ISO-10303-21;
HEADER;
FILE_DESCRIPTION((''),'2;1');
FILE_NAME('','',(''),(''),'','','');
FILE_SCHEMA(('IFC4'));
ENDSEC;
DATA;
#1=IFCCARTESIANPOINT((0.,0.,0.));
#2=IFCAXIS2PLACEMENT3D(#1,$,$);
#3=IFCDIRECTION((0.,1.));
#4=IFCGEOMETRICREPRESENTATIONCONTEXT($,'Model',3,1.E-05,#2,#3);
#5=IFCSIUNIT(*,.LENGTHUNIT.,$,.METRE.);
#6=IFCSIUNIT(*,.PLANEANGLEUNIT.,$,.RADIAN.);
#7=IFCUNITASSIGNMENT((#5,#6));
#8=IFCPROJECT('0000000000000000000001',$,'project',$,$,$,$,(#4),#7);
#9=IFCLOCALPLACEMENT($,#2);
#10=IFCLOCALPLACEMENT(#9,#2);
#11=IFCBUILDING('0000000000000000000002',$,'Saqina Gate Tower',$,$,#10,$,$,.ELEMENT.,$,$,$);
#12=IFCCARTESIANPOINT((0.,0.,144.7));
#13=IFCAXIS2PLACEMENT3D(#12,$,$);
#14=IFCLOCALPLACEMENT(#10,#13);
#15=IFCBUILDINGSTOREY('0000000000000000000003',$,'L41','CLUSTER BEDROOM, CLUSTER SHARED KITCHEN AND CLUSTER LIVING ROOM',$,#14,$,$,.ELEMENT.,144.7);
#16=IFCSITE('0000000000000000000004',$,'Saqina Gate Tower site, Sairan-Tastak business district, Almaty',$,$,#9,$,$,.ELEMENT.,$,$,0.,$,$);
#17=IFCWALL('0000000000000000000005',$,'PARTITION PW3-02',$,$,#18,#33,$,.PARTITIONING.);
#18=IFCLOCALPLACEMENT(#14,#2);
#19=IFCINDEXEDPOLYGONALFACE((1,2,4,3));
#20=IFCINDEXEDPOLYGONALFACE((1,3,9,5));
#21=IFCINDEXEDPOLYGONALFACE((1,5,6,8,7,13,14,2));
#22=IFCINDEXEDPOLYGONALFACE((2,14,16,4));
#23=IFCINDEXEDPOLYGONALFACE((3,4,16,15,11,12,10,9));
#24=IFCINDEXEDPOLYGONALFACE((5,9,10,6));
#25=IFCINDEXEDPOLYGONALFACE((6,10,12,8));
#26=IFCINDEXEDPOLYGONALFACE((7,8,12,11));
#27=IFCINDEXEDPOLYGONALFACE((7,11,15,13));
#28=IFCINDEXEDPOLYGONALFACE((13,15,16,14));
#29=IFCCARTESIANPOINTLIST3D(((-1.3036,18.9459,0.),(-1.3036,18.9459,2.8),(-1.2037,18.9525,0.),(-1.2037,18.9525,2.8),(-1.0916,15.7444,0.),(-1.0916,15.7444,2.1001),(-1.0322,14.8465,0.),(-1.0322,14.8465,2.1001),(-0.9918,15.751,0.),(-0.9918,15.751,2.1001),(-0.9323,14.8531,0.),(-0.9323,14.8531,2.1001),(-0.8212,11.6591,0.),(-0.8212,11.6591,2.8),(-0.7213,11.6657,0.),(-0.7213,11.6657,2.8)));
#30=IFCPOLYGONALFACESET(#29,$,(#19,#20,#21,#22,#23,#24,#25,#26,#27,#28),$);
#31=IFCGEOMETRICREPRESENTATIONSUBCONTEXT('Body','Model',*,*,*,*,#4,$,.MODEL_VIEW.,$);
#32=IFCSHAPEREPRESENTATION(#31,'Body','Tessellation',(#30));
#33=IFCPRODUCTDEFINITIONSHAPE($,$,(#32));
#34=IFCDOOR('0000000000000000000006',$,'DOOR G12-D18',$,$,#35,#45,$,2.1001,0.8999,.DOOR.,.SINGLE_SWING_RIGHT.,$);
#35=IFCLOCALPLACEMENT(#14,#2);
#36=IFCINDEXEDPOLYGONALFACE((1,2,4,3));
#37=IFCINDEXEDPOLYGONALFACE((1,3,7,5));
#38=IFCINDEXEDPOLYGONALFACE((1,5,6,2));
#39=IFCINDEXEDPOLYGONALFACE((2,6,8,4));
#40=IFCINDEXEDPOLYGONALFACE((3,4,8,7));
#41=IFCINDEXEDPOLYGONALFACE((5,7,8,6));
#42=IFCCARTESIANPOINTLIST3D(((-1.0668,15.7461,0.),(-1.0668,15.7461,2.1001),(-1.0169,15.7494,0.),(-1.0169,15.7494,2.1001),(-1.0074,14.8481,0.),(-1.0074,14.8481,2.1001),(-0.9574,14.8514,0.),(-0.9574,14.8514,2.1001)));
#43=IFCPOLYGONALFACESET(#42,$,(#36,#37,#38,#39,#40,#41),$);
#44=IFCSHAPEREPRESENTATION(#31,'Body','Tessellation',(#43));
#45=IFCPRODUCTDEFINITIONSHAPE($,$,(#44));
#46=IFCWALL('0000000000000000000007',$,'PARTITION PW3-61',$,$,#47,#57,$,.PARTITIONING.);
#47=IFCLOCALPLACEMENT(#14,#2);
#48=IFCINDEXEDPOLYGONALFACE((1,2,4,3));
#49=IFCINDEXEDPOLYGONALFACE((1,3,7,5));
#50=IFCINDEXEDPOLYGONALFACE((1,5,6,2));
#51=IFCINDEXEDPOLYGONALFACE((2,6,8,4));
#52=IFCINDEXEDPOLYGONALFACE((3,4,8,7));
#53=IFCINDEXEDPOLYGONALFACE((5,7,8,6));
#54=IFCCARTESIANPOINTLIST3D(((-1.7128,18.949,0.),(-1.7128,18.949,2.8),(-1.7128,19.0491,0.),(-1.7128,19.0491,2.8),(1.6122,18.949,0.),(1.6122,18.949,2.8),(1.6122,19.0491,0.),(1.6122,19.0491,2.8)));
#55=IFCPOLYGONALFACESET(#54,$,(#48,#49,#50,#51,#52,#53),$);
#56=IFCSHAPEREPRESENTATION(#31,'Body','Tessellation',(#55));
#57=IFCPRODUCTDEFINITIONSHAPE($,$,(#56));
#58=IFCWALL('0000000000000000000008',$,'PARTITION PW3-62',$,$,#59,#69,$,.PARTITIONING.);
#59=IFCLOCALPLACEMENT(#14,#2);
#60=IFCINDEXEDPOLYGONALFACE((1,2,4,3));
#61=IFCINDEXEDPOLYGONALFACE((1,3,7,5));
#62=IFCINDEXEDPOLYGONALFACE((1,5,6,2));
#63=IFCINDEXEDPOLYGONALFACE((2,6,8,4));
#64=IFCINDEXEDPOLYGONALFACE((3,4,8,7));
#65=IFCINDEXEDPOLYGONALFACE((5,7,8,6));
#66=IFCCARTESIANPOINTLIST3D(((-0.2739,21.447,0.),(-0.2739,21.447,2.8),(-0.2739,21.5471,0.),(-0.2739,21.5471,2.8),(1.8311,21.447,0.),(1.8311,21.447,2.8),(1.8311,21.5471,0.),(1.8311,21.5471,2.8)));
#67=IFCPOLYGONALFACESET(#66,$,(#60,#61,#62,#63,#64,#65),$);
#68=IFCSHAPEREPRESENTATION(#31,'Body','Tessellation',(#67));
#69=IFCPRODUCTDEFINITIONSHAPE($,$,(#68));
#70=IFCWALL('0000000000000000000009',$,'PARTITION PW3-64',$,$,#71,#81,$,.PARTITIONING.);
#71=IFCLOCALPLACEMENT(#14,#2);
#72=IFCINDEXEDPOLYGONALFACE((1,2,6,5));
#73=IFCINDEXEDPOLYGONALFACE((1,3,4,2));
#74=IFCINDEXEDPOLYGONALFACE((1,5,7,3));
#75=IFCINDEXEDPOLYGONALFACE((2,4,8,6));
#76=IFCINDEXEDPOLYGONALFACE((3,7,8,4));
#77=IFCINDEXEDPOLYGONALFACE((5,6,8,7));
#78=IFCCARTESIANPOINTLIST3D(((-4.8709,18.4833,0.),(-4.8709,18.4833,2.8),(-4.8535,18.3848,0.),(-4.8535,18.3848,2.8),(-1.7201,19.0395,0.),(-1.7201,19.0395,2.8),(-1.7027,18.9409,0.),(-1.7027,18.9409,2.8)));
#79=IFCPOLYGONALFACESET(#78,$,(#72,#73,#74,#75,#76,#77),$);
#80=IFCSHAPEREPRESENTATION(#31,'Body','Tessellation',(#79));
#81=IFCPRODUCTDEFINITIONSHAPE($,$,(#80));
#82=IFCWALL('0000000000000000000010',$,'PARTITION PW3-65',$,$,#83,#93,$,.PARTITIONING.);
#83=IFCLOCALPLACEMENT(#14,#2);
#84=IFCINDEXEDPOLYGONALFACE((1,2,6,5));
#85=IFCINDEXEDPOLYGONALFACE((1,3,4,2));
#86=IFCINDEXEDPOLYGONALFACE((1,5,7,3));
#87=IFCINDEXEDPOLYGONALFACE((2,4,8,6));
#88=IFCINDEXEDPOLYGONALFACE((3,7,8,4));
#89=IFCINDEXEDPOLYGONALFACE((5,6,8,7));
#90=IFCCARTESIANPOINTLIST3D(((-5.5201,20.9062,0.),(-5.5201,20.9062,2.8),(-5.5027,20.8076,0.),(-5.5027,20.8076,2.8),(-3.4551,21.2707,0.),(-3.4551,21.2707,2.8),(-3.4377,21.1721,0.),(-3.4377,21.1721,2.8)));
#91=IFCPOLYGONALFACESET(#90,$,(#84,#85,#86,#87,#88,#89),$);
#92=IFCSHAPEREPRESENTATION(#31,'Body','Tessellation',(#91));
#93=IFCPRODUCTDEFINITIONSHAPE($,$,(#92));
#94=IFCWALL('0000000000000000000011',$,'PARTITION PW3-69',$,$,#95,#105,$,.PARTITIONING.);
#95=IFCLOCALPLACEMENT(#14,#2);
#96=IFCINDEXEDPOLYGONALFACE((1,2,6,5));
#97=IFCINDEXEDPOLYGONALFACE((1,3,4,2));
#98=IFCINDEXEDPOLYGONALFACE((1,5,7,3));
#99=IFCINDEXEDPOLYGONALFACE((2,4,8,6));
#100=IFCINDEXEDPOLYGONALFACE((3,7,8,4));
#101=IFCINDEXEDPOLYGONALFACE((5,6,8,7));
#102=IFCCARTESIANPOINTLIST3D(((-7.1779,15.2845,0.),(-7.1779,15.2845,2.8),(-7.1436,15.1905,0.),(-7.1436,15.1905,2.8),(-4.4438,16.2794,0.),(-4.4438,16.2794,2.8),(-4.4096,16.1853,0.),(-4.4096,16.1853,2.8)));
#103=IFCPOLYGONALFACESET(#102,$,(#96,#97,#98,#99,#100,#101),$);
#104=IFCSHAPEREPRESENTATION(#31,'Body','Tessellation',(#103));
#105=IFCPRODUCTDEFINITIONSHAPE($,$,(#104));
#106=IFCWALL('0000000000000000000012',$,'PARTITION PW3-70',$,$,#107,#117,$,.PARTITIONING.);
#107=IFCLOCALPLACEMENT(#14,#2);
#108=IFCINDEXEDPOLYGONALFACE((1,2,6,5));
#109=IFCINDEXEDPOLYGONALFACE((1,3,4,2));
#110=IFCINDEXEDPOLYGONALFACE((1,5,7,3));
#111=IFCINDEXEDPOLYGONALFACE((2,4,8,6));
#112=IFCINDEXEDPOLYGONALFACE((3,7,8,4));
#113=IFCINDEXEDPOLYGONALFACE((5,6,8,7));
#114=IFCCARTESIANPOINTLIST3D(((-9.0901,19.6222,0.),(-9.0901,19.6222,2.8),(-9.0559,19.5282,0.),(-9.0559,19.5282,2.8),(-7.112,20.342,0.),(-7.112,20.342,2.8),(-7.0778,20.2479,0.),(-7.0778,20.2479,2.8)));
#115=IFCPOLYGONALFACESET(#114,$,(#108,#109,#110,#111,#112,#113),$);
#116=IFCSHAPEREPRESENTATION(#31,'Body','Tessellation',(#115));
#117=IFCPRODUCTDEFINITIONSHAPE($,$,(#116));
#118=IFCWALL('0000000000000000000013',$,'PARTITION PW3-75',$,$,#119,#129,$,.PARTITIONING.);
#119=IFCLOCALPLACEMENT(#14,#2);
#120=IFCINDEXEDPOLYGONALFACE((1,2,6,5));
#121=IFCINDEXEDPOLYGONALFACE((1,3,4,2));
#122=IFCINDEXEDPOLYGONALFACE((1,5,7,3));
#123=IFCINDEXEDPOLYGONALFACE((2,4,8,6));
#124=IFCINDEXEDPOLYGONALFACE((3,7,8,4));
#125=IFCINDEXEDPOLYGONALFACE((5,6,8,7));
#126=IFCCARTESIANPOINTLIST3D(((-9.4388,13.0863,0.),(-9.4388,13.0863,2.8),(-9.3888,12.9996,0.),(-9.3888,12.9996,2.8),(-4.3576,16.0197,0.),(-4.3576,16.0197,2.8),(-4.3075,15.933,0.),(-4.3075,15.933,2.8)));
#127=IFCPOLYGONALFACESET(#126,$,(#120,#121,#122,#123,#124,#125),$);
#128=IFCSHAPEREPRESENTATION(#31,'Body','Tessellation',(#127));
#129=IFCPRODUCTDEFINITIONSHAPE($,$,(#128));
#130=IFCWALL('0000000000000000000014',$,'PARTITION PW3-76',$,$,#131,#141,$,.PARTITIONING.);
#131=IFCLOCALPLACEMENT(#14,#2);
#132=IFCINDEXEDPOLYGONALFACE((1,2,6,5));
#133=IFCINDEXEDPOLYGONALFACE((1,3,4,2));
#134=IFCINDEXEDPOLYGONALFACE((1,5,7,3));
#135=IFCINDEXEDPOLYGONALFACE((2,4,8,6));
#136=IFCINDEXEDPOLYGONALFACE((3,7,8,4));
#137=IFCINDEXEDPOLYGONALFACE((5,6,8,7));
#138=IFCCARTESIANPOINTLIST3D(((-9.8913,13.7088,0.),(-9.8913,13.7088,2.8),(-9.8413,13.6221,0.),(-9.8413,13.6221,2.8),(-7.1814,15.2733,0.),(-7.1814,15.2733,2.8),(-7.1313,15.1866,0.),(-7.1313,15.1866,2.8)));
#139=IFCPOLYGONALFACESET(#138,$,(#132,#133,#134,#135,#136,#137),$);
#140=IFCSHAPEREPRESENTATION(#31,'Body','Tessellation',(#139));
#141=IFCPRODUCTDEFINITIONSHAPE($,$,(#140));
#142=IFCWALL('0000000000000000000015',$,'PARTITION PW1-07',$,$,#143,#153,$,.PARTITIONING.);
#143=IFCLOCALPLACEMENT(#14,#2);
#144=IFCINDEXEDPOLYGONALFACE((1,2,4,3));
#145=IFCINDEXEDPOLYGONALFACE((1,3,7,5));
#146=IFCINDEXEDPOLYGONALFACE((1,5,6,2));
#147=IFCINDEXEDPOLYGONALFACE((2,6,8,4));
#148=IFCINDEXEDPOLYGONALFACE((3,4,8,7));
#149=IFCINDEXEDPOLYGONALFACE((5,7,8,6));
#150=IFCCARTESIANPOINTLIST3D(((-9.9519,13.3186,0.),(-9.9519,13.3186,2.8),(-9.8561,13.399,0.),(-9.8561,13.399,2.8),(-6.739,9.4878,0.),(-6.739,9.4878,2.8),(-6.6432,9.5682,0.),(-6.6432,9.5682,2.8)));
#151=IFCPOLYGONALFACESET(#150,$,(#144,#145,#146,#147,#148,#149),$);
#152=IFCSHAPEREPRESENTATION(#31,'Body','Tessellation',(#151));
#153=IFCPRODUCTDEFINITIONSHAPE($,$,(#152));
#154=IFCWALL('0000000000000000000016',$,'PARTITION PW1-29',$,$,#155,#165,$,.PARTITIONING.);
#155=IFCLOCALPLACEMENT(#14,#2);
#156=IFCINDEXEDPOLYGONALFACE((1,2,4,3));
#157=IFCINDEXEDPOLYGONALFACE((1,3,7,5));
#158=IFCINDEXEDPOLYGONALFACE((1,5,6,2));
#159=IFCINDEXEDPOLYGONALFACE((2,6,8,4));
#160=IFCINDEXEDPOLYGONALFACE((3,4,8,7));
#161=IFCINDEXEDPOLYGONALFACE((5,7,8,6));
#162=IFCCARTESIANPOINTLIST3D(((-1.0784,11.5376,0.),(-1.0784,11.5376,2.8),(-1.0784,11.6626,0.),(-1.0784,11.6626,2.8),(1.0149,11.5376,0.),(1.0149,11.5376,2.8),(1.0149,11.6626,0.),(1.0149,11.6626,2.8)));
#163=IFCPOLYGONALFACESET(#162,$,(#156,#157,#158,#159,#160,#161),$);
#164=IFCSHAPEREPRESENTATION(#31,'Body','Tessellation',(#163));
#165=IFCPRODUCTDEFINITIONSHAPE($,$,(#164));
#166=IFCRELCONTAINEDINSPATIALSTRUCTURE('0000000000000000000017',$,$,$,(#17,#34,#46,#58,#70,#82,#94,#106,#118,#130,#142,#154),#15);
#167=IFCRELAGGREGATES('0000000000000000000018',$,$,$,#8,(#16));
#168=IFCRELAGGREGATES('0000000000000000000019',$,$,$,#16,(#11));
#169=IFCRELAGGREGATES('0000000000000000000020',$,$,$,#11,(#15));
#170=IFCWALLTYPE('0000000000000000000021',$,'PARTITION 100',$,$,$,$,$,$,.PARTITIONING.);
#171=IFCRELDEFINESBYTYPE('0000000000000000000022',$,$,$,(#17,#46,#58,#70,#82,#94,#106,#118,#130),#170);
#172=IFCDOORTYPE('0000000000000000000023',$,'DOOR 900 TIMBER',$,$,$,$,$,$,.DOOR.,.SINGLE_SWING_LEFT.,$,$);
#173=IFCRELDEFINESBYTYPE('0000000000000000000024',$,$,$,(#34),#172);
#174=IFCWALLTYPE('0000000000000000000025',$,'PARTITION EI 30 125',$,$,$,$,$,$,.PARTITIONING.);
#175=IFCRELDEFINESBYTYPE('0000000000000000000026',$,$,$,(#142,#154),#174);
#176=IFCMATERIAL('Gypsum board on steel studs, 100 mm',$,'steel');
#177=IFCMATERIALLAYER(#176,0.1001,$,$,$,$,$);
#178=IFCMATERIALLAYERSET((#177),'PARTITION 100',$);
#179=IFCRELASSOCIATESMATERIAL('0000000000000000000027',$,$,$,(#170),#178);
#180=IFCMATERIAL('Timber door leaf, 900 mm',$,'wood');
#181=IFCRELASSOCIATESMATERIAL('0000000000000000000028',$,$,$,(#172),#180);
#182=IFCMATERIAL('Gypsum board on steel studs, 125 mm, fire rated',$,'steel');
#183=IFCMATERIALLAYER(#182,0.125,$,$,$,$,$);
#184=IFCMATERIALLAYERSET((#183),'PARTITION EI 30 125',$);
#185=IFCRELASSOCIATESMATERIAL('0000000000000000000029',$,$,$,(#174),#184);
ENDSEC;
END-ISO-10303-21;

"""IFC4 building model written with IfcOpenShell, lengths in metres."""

from ifc_helpers import new_model, si_unit, direction, frame, frame_2d, origin, place, context, subcontext, project, spatial, rectangle, extrude, material, layer, layer_set, type_object, element, fill, save


model = new_model("IFC4")

# Units and contexts
model_context = context("Model", 3, precision=1e-05, world=origin(), true_north=direction((0.0, 1.0)))
body_context = subcontext(model_context, "Body", "Model", "MODEL_VIEW")
ifc_project = project(units=[si_unit("LENGTHUNIT", "METRE"), si_unit("PLANEANGLEUNIT", "RADIAN")], contexts=[model_context])

# Site, building, storey
site_placement = place(None, origin())
site = spatial("IfcSite", under=ifc_project, at=site_placement, Name="Saqina Gate Tower site, Sairan-Tastak business district, Almaty", CompositionType="ELEMENT", RefElevation=0.0)
building_placement = place(site_placement, origin())
building = spatial("IfcBuilding", under=site, at=building_placement, Name="Saqina Gate Tower", CompositionType="ELEMENT")
storey_placement = place(building_placement, frame((0.0, 0.0, 144.7)))
storey = spatial("IfcBuildingStorey", under=building, at=storey_placement, Name="L41", Description="CLUSTER BEDROOM, CLUSTER SHARED KITCHEN AND CLUSTER LIVING ROOM", CompositionType="ELEMENT", Elevation=144.7)

# Wall, opening, door
ifc_material_1 = material(Name="Gypsum board on steel studs, 100 mm", Category="steel")
ifc_layer_1 = layer(ifc_material_1, 0.1001)
ifc_layer_set_1 = layer_set([ifc_layer_1], Name="PARTITION 100")
wall_type_1 = type_object("IfcWallType", Name="PARTITION 100", PredefinedType="PARTITIONING", material=ifc_layer_set_1)
wall_1_placement = place(storey_placement, frame((-1.2537, 18.9492, 0.0), z_axis=(0.0, 0.0, 1.0), x_axis=(0.06606, -0.997816, 0.0)))
wall_1 = element("IfcWall", 1, at=wall_1_placement, inside=storey, type_object=wall_type_1, Name="PARTITION PW3-02", PredefinedType="PARTITIONING", context=body_context, shape_type="SweptSolid", body=[
    extrude(rectangle(XDim=7.3027, YDim=0.1001, at=frame_2d((3.6514, 0.0))), origin(), (0.0, 0.0, 1.0), 2.8),
])
opening_1_placement = place(wall_1_placement, frame((3.2085, 0.0, 0.0)))
opening_1 = element("IfcOpeningElement", 2, at=opening_1_placement, cuts=wall_1, PredefinedType="OPENING", context=body_context, shape_type="SweptSolid", body=[
    extrude(rectangle(XDim=0.8999, YDim=2.1001, at=frame_2d((0.45, 1.05))), frame((0.0, 0.062, 0.0), z_axis=(0.0, -1.0, 0.0), x_axis=(1.0, 0.0, 0.0)), (0.0, 0.0, 1.0), 0.124),
])
ifc_material_2 = material(Name="Timber door leaf, 900 mm", Category="wood")
door_type_1 = type_object("IfcDoorType", Name="DOOR 900 TIMBER", OperationType="SINGLE_SWING_LEFT", PredefinedType="DOOR", material=ifc_material_2)
door_1_placement = place(opening_1_placement, origin())
door_1 = element("IfcDoor", 3, at=door_1_placement, inside=storey, type_object=door_type_1, Name="DOOR G12-D18", OperationType="SINGLE_SWING_RIGHT", OverallHeight=2.1001, OverallWidth=0.8999, PredefinedType="DOOR", context=body_context, shape_type="SweptSolid", body=[
    extrude(rectangle(XDim=0.8999, YDim=2.1001, at=frame_2d((0.45, 1.05))), frame((0.0, 0.0249, 0.0), z_axis=(0.0, -1.0, 0.0), x_axis=(1.0, 0.0, 0.0)), (0.0, 0.0, 1.0), 0.05),
])
fill(opening_1, door_1)

# Walls
wall_2_placement = place(storey_placement, frame((-1.7129, 18.999, 0.0), z_axis=(0.0, 0.0, 1.0), x_axis=(1.0, 0.0, 0.0)))
element("IfcWall", 4, at=wall_2_placement, inside=storey, type_object=wall_type_1, Name="PARTITION PW3-61", PredefinedType="PARTITIONING", context=body_context, shape_type="SweptSolid", body=[
    extrude(rectangle(XDim=3.325, YDim=0.1001, at=frame_2d((1.6626, 0.0))), origin(), (0.0, 0.0, 1.0), 2.8),
])
wall_3_placement = place(storey_placement, frame((-0.2739, 21.4971, 0.0), z_axis=(0.0, 0.0, 1.0), x_axis=(1.0, 0.0, 0.0)))
element("IfcWall", 5, at=wall_3_placement, inside=storey, type_object=wall_type_1, Name="PARTITION PW3-62", PredefinedType="PARTITIONING", context=body_context, shape_type="SweptSolid", body=[
    extrude(rectangle(XDim=2.105, YDim=0.1001, at=frame_2d((1.0525, 0.0))), origin(), (0.0, 0.0, 1.0), 2.8),
])
wall_4_placement = place(storey_placement, frame((-4.8621, 18.4341, 0.0), z_axis=(0.0, 0.0, 1.0), x_axis=(0.984777, 0.17382, 0.0)))
element("IfcWall", 6, at=wall_4_placement, inside=storey, type_object=wall_type_1, Name="PARTITION PW3-64", PredefinedType="PARTITIONING", context=body_context, shape_type="SweptSolid", body=[
    extrude(rectangle(XDim=3.1995, YDim=0.1001, at=frame_2d((1.5996, 0.0))), origin(), (0.0, 0.0, 1.0), 2.8),
])
wall_5_placement = place(storey_placement, frame((-5.5112, 20.8569, 0.0), z_axis=(0.0, 0.0, 1.0), x_axis=(0.984775, 0.173832, 0.0)))
element("IfcWall", 7, at=wall_5_placement, inside=storey, type_object=wall_type_1, Name="PARTITION PW3-65", PredefinedType="PARTITIONING", context=body_context, shape_type="SweptSolid", body=[
    extrude(rectangle(XDim=2.0969, YDim=0.1001, at=frame_2d((1.0483, 0.0))), origin(), (0.0, 0.0, 1.0), 2.8),
])
wall_6_placement = place(storey_placement, frame((-7.1606, 15.2375, 0.0), z_axis=(0.0, 0.0, 1.0), x_axis=(0.939722, 0.341938, 0.0)))
element("IfcWall", 8, at=wall_6_placement, inside=storey, type_object=wall_type_1, Name="PARTITION PW3-69", PredefinedType="PARTITIONING", context=body_context, shape_type="SweptSolid", body=[
    extrude(rectangle(XDim=2.9094, YDim=0.1001, at=frame_2d((1.4546, 0.0))), origin(), (0.0, 0.0, 1.0), 2.8),
])
wall_7_placement = place(storey_placement, frame((-9.073, 19.5752, 0.0), z_axis=(0.0, 0.0, 1.0), x_axis=(0.939726, 0.341929, 0.0)))
element("IfcWall", 9, at=wall_7_placement, inside=storey, type_object=wall_type_1, Name="PARTITION PW3-70", PredefinedType="PARTITIONING", context=body_context, shape_type="SweptSolid", body=[
    extrude(rectangle(XDim=2.105, YDim=0.1001, at=frame_2d((1.0525, 0.0))), origin(), (0.0, 0.0, 1.0), 2.8),
])
wall_8_placement = place(storey_placement, frame((-9.4138, 13.043, 0.0), z_axis=(0.0, 0.0, 1.0), x_axis=(0.86605, 0.499957, 0.0)))
element("IfcWall", 10, at=wall_8_placement, inside=storey, type_object=wall_type_1, Name="PARTITION PW3-75", PredefinedType="PARTITIONING", context=body_context, shape_type="SweptSolid", body=[
    extrude(rectangle(XDim=5.8672, YDim=0.1001, at=frame_2d((2.9336, 0.0))), origin(), (0.0, 0.0, 1.0), 2.8),
])
wall_9_placement = place(storey_placement, frame((-9.8662, 13.6655, 0.0), z_axis=(0.0, 0.0, 1.0), x_axis=(0.866045, 0.499966, 0.0)))
element("IfcWall", 11, at=wall_9_placement, inside=storey, type_object=wall_type_1, Name="PARTITION PW3-76", PredefinedType="PARTITIONING", context=body_context, shape_type="SweptSolid", body=[
    extrude(rectangle(XDim=3.1292, YDim=0.1001, at=frame_2d((1.5645, 0.0))), origin(), (0.0, 0.0, 1.0), 2.8),
])
ifc_material_3 = material(Name="Gypsum board on steel studs, 125 mm, fire rated", Category="steel")
ifc_layer_2 = layer(ifc_material_3, 0.125)
ifc_layer_set_2 = layer_set([ifc_layer_2], Name="PARTITION EI 30 125")
wall_type_2 = type_object("IfcWallType", Name="PARTITION EI 30 125", PredefinedType="PARTITIONING", material=ifc_layer_set_2)
wall_10_placement = place(storey_placement, frame((-9.9041, 13.3589, 0.0), z_axis=(0.0, 0.0, 1.0), x_axis=(0.642607, -0.766196, 0.0)))
element("IfcWall", 12, at=wall_10_placement, inside=storey, type_object=wall_type_2, Name="PARTITION PW1-07", PredefinedType="PARTITIONING", context=body_context, shape_type="SweptSolid", body=[
    extrude(rectangle(XDim=4.9998, YDim=0.125, at=frame_2d((2.5, 0.0))), origin(), (0.0, 0.0, 1.0), 2.8),
])
wall_11_placement = place(storey_placement, frame((-1.0784, 11.6001, 0.0), z_axis=(0.0, 0.0, 1.0), x_axis=(1.0, 0.0, 0.0)))
element("IfcWall", 13, at=wall_11_placement, inside=storey, type_object=wall_type_2, Name="PARTITION PW1-29", PredefinedType="PARTITIONING", context=body_context, shape_type="SweptSolid", body=[
    extrude(rectangle(XDim=2.0933, YDim=0.125, at=frame_2d((1.0466, 0.0))), origin(), (0.0, 0.0, 1.0), 2.8),
])

save(model, "model.ifc")
